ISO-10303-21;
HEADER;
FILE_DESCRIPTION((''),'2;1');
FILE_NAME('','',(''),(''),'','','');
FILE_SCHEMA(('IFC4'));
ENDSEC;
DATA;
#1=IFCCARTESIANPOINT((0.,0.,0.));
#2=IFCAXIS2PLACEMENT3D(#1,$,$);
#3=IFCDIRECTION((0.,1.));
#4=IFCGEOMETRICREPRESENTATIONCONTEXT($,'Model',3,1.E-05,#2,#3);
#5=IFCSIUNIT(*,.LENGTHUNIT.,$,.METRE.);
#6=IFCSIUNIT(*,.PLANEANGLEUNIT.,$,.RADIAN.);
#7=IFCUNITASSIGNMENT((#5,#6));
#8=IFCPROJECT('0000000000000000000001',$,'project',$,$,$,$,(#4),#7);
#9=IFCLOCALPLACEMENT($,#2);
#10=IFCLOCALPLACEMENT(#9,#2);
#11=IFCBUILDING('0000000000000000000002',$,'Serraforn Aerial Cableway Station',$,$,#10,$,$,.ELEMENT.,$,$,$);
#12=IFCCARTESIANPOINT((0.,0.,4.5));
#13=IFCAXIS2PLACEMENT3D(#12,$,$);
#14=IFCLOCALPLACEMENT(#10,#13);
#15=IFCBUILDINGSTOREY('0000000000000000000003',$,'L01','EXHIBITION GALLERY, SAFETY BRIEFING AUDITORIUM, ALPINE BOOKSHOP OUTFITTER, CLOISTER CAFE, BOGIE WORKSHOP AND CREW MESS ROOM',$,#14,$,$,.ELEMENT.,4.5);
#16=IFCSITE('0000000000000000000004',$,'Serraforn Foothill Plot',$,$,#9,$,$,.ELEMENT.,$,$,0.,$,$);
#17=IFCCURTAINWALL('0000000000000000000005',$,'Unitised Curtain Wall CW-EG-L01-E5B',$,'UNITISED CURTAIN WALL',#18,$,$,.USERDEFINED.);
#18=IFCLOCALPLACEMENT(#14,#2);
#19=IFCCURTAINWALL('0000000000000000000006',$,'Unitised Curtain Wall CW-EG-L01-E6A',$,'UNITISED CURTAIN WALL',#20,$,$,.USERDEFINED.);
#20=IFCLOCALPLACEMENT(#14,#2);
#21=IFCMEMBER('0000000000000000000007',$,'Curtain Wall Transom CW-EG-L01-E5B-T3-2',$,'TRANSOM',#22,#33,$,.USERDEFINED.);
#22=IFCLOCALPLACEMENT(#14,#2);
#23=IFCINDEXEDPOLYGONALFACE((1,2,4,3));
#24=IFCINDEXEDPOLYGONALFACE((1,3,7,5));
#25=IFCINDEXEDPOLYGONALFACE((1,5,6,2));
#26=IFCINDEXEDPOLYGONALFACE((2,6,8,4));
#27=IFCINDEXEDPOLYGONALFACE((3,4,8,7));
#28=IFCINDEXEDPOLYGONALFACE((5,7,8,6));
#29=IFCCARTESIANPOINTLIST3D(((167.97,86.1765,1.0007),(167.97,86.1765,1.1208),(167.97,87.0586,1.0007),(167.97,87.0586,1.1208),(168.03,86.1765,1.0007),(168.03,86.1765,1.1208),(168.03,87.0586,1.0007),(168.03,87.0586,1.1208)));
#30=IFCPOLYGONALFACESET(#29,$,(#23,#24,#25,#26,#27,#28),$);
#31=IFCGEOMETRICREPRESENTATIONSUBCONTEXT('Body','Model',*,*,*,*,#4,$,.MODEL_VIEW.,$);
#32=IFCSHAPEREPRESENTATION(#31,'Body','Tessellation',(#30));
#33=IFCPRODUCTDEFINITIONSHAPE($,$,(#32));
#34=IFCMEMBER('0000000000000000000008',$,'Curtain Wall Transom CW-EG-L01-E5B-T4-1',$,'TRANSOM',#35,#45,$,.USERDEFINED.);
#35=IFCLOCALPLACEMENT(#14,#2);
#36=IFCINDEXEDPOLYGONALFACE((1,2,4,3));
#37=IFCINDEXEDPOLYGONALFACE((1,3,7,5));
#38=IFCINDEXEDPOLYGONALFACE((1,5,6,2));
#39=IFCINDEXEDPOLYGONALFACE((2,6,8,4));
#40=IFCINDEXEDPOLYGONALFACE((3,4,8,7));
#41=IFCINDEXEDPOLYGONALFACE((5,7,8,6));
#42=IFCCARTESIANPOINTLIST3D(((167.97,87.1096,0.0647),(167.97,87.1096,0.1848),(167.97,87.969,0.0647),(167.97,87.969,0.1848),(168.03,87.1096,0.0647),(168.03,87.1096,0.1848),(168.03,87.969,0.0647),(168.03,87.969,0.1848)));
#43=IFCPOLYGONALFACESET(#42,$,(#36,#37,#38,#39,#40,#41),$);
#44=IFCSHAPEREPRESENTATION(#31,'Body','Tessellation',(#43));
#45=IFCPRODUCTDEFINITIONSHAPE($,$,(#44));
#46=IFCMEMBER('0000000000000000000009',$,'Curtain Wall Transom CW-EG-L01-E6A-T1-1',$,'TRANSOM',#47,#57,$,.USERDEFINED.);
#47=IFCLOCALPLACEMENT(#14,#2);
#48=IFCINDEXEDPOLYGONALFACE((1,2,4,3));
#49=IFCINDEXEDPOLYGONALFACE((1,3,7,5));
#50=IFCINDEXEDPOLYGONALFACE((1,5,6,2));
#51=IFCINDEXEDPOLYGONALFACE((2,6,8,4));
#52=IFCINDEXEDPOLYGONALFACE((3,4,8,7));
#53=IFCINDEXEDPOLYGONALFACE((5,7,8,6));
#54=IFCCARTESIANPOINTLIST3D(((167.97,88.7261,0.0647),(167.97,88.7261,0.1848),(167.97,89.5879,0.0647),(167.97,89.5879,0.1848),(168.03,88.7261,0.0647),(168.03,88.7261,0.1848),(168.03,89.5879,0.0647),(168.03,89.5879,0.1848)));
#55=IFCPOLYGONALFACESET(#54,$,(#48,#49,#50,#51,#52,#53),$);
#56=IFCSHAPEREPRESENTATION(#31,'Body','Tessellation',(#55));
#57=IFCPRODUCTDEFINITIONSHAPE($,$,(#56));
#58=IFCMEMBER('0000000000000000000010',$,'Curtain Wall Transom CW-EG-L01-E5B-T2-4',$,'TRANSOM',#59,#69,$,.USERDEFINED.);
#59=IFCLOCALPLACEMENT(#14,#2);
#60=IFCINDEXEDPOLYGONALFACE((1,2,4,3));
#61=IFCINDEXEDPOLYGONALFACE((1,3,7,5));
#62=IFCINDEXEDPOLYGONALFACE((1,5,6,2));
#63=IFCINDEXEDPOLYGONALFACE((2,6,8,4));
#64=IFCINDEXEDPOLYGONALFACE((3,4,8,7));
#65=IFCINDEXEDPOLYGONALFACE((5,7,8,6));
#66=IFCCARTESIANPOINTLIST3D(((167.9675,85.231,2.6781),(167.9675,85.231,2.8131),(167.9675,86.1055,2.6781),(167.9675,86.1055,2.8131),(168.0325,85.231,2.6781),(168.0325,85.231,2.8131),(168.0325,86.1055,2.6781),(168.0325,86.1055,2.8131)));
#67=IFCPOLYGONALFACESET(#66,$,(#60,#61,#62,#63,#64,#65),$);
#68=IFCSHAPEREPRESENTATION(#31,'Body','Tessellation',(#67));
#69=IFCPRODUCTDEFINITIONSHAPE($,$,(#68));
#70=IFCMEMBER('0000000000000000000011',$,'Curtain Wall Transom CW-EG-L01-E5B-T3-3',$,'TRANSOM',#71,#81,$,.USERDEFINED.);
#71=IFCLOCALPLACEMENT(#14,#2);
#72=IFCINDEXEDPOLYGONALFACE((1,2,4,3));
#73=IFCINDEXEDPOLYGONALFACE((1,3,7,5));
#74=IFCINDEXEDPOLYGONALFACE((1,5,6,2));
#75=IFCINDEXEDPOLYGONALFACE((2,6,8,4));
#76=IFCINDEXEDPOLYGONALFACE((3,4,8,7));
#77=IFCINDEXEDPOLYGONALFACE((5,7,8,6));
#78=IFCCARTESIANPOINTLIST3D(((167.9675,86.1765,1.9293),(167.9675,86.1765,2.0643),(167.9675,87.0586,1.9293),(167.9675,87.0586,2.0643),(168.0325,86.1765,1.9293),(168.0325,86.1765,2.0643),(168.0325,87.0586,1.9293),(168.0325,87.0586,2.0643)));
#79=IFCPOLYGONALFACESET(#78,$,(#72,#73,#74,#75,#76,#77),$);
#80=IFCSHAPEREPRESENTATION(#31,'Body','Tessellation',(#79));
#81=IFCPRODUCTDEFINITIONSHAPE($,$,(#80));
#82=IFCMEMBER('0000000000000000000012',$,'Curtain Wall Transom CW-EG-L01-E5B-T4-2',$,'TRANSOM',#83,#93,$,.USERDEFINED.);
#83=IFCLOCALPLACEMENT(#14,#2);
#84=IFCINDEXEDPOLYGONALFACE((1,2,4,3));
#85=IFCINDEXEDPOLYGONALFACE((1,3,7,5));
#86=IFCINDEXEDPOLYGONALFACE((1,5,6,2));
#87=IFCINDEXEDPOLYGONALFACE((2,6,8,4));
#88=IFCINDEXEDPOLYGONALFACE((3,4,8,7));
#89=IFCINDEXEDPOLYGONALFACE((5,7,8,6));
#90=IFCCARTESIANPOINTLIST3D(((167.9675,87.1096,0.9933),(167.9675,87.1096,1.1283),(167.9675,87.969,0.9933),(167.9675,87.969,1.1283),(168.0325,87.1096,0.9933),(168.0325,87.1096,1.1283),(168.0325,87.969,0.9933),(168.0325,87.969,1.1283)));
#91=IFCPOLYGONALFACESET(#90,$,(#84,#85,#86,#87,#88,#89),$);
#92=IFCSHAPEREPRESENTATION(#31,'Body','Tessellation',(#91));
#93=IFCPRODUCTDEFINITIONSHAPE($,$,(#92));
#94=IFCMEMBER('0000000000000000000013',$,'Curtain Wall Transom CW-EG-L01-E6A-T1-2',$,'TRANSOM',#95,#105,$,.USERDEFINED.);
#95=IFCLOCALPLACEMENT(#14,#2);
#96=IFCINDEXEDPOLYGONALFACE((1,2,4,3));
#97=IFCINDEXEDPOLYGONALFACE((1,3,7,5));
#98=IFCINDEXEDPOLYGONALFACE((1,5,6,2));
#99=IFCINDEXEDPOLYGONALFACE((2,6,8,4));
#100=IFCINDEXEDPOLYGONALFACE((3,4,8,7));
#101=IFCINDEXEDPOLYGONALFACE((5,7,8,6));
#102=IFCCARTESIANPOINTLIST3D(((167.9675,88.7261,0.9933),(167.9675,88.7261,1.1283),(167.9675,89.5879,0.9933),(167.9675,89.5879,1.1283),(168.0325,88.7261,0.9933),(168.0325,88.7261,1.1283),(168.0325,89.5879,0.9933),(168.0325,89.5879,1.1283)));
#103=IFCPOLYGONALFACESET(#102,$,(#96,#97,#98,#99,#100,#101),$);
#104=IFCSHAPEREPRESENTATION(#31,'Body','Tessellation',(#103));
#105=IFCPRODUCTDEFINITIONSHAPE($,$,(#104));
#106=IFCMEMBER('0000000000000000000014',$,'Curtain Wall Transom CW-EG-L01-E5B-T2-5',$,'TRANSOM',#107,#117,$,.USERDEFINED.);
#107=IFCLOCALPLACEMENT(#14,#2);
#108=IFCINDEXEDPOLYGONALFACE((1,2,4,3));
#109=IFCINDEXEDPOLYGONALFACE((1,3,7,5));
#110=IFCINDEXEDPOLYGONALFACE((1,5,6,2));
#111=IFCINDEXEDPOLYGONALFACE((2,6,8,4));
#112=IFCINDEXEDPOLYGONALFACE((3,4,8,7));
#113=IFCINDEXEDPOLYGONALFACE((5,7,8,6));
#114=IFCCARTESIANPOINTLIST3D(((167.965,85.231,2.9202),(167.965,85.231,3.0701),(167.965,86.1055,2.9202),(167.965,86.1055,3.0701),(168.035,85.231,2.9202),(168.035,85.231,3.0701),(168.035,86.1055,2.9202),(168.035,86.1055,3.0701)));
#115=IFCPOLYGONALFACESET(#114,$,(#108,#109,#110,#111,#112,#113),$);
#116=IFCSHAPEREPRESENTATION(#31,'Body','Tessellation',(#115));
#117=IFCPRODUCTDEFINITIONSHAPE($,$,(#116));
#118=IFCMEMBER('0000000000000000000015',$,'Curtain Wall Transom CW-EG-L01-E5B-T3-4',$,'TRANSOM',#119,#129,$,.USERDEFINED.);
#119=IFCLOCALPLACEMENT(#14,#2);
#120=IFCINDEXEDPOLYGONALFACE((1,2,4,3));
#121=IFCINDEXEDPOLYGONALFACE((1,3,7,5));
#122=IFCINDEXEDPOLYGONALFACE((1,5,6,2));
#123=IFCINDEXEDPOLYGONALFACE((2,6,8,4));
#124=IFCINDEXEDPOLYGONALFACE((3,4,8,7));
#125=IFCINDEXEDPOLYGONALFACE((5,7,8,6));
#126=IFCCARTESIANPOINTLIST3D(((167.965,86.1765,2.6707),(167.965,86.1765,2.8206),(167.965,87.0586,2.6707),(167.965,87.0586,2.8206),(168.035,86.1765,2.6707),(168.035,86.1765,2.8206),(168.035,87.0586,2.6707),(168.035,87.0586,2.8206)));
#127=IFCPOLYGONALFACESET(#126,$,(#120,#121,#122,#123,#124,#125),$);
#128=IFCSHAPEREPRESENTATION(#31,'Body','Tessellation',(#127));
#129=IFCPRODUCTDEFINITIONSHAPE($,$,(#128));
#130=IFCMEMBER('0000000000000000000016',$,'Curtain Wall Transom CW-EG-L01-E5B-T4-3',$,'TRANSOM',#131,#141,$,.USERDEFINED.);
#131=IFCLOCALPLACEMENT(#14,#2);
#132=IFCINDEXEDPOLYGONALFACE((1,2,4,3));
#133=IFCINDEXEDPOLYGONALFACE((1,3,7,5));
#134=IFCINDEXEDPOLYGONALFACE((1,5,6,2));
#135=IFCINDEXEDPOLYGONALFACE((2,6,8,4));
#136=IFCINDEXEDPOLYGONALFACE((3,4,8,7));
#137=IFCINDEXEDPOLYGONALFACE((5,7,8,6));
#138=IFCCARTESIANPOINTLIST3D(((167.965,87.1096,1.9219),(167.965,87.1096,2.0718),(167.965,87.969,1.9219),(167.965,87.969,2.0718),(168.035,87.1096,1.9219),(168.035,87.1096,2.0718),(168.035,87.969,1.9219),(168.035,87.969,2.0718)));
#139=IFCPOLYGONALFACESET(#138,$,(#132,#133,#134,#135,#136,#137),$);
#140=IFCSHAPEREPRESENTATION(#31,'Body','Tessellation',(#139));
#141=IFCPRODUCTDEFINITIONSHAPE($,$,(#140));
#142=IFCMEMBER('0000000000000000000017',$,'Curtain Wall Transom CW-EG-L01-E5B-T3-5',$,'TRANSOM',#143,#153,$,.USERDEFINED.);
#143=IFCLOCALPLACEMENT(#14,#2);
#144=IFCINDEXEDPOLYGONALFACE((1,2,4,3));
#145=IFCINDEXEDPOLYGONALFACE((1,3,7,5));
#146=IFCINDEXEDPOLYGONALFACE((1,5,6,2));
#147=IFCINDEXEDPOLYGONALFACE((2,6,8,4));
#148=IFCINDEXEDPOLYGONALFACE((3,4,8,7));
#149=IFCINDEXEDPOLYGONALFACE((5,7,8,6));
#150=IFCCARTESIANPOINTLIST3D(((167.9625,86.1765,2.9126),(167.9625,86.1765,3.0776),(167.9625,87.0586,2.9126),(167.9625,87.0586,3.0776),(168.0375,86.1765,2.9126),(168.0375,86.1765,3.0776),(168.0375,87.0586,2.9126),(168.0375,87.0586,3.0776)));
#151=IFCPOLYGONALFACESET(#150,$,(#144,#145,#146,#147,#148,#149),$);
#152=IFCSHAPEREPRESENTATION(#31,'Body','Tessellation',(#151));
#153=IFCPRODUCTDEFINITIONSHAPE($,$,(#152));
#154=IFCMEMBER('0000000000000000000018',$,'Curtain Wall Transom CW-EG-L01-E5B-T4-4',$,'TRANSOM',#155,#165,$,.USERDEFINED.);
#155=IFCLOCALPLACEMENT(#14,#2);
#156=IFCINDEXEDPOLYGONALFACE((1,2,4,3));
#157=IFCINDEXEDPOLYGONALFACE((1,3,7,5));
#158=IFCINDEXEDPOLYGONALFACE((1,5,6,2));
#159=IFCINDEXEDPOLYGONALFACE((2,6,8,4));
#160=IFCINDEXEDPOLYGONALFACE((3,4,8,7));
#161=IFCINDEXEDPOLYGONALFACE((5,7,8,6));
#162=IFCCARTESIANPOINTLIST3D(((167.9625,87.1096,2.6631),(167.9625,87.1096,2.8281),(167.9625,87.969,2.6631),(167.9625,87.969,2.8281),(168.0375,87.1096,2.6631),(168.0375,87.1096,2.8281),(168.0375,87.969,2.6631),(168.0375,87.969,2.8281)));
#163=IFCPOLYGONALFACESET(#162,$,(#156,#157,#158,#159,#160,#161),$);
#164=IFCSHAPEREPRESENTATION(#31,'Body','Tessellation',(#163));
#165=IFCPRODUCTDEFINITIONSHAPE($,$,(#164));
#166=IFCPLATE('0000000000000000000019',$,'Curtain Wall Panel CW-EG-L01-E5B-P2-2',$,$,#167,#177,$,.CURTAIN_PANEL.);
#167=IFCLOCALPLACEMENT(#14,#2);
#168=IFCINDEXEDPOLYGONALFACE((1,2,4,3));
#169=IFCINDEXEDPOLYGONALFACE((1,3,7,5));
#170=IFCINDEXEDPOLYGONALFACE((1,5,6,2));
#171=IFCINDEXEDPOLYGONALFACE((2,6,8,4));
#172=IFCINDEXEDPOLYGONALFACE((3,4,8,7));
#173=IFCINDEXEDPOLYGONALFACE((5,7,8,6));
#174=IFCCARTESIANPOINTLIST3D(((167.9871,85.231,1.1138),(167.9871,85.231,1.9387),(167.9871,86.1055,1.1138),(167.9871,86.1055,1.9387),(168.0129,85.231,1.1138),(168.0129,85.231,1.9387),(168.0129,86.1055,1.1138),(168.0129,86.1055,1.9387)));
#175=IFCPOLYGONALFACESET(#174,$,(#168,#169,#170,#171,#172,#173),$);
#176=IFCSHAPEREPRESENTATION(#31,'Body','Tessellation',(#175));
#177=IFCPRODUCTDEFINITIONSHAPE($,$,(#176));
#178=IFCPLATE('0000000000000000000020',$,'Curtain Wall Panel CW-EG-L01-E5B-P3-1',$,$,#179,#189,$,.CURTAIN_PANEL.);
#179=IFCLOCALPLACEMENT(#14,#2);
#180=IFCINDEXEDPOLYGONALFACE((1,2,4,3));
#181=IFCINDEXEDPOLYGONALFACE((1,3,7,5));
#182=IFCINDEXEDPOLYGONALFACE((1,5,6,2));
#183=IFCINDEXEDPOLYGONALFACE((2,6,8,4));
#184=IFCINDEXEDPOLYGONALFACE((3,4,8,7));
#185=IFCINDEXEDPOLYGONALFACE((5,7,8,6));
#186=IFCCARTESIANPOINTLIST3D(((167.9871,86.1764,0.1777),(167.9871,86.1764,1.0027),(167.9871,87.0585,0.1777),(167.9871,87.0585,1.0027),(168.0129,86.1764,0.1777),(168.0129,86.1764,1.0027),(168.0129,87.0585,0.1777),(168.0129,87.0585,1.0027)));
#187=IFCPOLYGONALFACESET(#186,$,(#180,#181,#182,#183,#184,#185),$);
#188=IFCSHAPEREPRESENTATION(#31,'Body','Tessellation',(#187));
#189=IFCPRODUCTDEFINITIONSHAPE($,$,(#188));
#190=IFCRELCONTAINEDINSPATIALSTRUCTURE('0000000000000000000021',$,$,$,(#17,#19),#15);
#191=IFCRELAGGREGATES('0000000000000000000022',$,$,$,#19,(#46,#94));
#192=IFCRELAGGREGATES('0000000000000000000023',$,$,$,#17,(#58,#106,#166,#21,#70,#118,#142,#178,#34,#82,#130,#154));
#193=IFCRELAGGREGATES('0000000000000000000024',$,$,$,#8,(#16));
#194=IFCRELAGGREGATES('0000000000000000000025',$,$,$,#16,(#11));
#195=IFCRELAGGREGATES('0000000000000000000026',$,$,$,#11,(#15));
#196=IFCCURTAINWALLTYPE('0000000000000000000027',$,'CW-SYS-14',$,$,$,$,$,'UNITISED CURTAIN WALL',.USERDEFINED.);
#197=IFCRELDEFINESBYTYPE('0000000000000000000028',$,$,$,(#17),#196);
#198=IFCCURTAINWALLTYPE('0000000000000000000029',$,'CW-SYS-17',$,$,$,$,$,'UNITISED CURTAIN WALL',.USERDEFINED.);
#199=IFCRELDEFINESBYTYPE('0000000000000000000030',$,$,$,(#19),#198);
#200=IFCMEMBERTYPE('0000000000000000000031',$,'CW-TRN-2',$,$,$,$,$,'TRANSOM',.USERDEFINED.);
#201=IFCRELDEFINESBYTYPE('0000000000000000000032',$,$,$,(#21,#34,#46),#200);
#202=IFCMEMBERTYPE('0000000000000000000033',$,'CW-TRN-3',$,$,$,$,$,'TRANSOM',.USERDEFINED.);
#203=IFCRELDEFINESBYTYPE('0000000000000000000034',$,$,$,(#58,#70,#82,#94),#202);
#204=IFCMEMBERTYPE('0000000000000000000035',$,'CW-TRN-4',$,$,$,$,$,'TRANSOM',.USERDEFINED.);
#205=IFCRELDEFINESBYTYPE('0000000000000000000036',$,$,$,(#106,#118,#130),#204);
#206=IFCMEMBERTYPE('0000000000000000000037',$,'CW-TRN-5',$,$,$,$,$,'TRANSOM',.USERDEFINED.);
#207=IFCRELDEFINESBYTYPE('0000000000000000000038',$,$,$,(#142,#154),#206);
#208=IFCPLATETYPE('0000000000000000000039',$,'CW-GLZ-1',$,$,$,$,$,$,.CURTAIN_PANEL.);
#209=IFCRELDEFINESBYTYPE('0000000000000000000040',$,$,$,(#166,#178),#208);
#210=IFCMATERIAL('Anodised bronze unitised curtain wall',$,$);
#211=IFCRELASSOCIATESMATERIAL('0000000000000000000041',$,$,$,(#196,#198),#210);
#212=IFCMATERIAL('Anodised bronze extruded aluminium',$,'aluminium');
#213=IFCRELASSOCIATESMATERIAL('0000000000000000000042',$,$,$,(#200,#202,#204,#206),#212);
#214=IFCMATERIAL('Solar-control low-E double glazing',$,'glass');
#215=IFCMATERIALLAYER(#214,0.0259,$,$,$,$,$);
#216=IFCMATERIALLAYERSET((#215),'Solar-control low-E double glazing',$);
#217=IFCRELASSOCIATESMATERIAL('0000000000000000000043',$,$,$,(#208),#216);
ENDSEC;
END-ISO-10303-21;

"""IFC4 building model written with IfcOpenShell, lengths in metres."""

from ifc_helpers import new_model, si_unit, direction, frame, origin, origin_2d, place, context, subcontext, project, spatial, rectangle, extrude, material, layer, layer_set, material_profile, profile_set, type_object, element, aggregate, save


model = new_model("IFC4")

# Units and contexts
model_context = context("Model", 3, precision=1e-05, world=origin(), true_north=direction((0.0, 1.0)))
body_context = subcontext(model_context, "Body", "Model", "MODEL_VIEW")
ifc_project = project(units=[si_unit("LENGTHUNIT", "METRE"), si_unit("PLANEANGLEUNIT", "RADIAN")], contexts=[model_context])

# Site, building, storey
site_placement = place(None, origin())
site = spatial("IfcSite", under=ifc_project, at=site_placement, Name="Serraforn Foothill Plot", CompositionType="ELEMENT", RefElevation=0.0)
building_placement = place(site_placement, origin())
building = spatial("IfcBuilding", under=site, at=building_placement, Name="Serraforn Aerial Cableway Station", CompositionType="ELEMENT")
storey_placement = place(building_placement, frame((0.0, 0.0, 4.5)))
storey = spatial("IfcBuildingStorey", under=building, at=storey_placement, Name="L01", Description="EXHIBITION GALLERY, SAFETY BRIEFING AUDITORIUM, ALPINE BOOKSHOP OUTFITTER, CLOISTER CAFE, BOGIE WORKSHOP AND CREW MESS ROOM", CompositionType="ELEMENT", Elevation=4.5)

# Curtain walls
ifc_material_1 = material(Name="Anodised bronze unitised curtain wall")
curtain_wall_type_1 = type_object("IfcCurtainWallType", Name="CW-SYS-14", ElementType="UNITISED CURTAIN WALL", PredefinedType="USERDEFINED", material=ifc_material_1)
curtain_wall_1_placement = place(storey_placement, origin())
curtain_wall_1 = element("IfcCurtainWall", 1, at=curtain_wall_1_placement, inside=storey, type_object=curtain_wall_type_1, Name="Unitised Curtain Wall CW-EG-L01-E5B", ObjectType="UNITISED CURTAIN WALL", PredefinedType="USERDEFINED")
ifc_material_2 = material(Name="Anodised bronze extruded aluminium", Category="aluminium")
curtain_wall_type_2 = type_object("IfcCurtainWallType", Name="CW-SYS-17", ElementType="UNITISED CURTAIN WALL", PredefinedType="USERDEFINED", material=ifc_material_1)
curtain_wall_2_placement = place(storey_placement, origin())
curtain_wall_2 = element("IfcCurtainWall", 2, at=curtain_wall_2_placement, inside=storey, type_object=curtain_wall_type_2, Name="Unitised Curtain Wall CW-EG-L01-E6A", ObjectType="UNITISED CURTAIN WALL", PredefinedType="USERDEFINED")

# Members
ifc_material_profile_1 = material_profile(ifc_material_2, rectangle(XDim=0.0601, YDim=0.1201, at=origin_2d()), Name="CW TRANSOM 60x120")
ifc_profile_set_1 = profile_set([ifc_material_profile_1], Name="Anodised bronze extruded aluminium")
member_type_1 = type_object("IfcMemberType", Name="CW-TRN-2", ElementType="TRANSOM", PredefinedType="USERDEFINED", material=ifc_profile_set_1)
member_1_placement = place(storey_placement, frame((168.0, 86.1765, 1.0608), z_axis=(0.0, 1.0, 0.0), x_axis=(-1.0, 0.0, 0.0)))
member_1 = element("IfcMember", 3, at=member_1_placement, type_object=member_type_1, Name="Curtain Wall Transom CW-EG-L01-E5B-T3-2", ObjectType="TRANSOM", PredefinedType="USERDEFINED", context=body_context, shape_type="SweptSolid", body=[
    extrude(rectangle(XDim=0.0601, YDim=0.1201, at=origin_2d()), origin(), (0.0, 0.0, 1.0), 0.8821),
])
member_2_placement = place(storey_placement, frame((168.0, 87.1096, 0.1248), z_axis=(0.0, 1.0, 0.0), x_axis=(-1.0, 0.0, 0.0)))
member_2 = element("IfcMember", 4, at=member_2_placement, type_object=member_type_1, Name="Curtain Wall Transom CW-EG-L01-E5B-T4-1", ObjectType="TRANSOM", PredefinedType="USERDEFINED", context=body_context, shape_type="SweptSolid", body=[
    extrude(rectangle(XDim=0.0601, YDim=0.1201, at=origin_2d()), origin(), (0.0, 0.0, 1.0), 0.8594),
])
member_3_placement = place(storey_placement, frame((168.0, 88.7261, 0.1248), z_axis=(0.0, 1.0, 0.0), x_axis=(-1.0, 0.0, 0.0)))
member_3 = element("IfcMember", 5, at=member_3_placement, type_object=member_type_1, Name="Curtain Wall Transom CW-EG-L01-E6A-T1-1", ObjectType="TRANSOM", PredefinedType="USERDEFINED", context=body_context, shape_type="SweptSolid", body=[
    extrude(rectangle(XDim=0.0601, YDim=0.1201, at=origin_2d()), origin(), (0.0, 0.0, 1.0), 0.8618),
])
ifc_material_profile_2 = material_profile(ifc_material_2, rectangle(XDim=0.0649, YDim=0.135, at=origin_2d()), Name="CW TRANSOM 65x135")
ifc_profile_set_2 = profile_set([ifc_material_profile_2], Name="Anodised bronze extruded aluminium")
member_type_2 = type_object("IfcMemberType", Name="CW-TRN-3", ElementType="TRANSOM", PredefinedType="USERDEFINED", material=ifc_profile_set_2)
member_4_placement = place(storey_placement, frame((168.0, 85.231, 2.7456), z_axis=(0.0, 1.0, 0.0), x_axis=(-1.0, 0.0, 0.0)))
member_4 = element("IfcMember", 6, at=member_4_placement, type_object=member_type_2, Name="Curtain Wall Transom CW-EG-L01-E5B-T2-4", ObjectType="TRANSOM", PredefinedType="USERDEFINED", context=body_context, shape_type="SweptSolid", body=[
    extrude(rectangle(XDim=0.0649, YDim=0.135, at=origin_2d()), origin(), (0.0, 0.0, 1.0), 0.8745),
])
member_5_placement = place(storey_placement, frame((168.0, 86.1765, 1.9968), z_axis=(0.0, 1.0, 0.0), x_axis=(-1.0, 0.0, 0.0)))
member_5 = element("IfcMember", 7, at=member_5_placement, type_object=member_type_2, Name="Curtain Wall Transom CW-EG-L01-E5B-T3-3", ObjectType="TRANSOM", PredefinedType="USERDEFINED", context=body_context, shape_type="SweptSolid", body=[
    extrude(rectangle(XDim=0.0649, YDim=0.135, at=origin_2d()), origin(), (0.0, 0.0, 1.0), 0.8821),
])
member_6_placement = place(storey_placement, frame((168.0, 87.1096, 1.0608), z_axis=(0.0, 1.0, 0.0), x_axis=(-1.0, 0.0, 0.0)))
member_6 = element("IfcMember", 8, at=member_6_placement, type_object=member_type_2, Name="Curtain Wall Transom CW-EG-L01-E5B-T4-2", ObjectType="TRANSOM", PredefinedType="USERDEFINED", context=body_context, shape_type="SweptSolid", body=[
    extrude(rectangle(XDim=0.0649, YDim=0.135, at=origin_2d()), origin(), (0.0, 0.0, 1.0), 0.8594),
])
member_7_placement = place(storey_placement, frame((168.0, 88.7261, 1.0608), z_axis=(0.0, 1.0, 0.0), x_axis=(-1.0, 0.0, 0.0)))
member_7 = element("IfcMember", 9, at=member_7_placement, type_object=member_type_2, Name="Curtain Wall Transom CW-EG-L01-E6A-T1-2", ObjectType="TRANSOM", PredefinedType="USERDEFINED", context=body_context, shape_type="SweptSolid", body=[
    extrude(rectangle(XDim=0.0649, YDim=0.135, at=origin_2d()), origin(), (0.0, 0.0, 1.0), 0.8618),
])
aggregate(curtain_wall_2, [member_3, member_7])
ifc_material_profile_3 = material_profile(ifc_material_2, rectangle(XDim=0.0701, YDim=0.1499, at=origin_2d()), Name="CW TRANSOM 70x150")
ifc_profile_set_3 = profile_set([ifc_material_profile_3], Name="Anodised bronze extruded aluminium")
member_type_3 = type_object("IfcMemberType", Name="CW-TRN-4", ElementType="TRANSOM", PredefinedType="USERDEFINED", material=ifc_profile_set_3)
member_8_placement = place(storey_placement, frame((168.0, 85.231, 2.9951), z_axis=(0.0, 1.0, 0.0), x_axis=(-1.0, 0.0, 0.0)))
member_8 = element("IfcMember", 10, at=member_8_placement, type_object=member_type_3, Name="Curtain Wall Transom CW-EG-L01-E5B-T2-5", ObjectType="TRANSOM", PredefinedType="USERDEFINED", context=body_context, shape_type="SweptSolid", body=[
    extrude(rectangle(XDim=0.0701, YDim=0.1499, at=origin_2d()), origin(), (0.0, 0.0, 1.0), 0.8745),
])
member_9_placement = place(storey_placement, frame((168.0, 86.1765, 2.7456), z_axis=(0.0, 1.0, 0.0), x_axis=(-1.0, 0.0, 0.0)))
member_9 = element("IfcMember", 11, at=member_9_placement, type_object=member_type_3, Name="Curtain Wall Transom CW-EG-L01-E5B-T3-4", ObjectType="TRANSOM", PredefinedType="USERDEFINED", context=body_context, shape_type="SweptSolid", body=[
    extrude(rectangle(XDim=0.0701, YDim=0.1499, at=origin_2d()), origin(), (0.0, 0.0, 1.0), 0.8821),
])
member_10_placement = place(storey_placement, frame((168.0, 87.1096, 1.9968), z_axis=(0.0, 1.0, 0.0), x_axis=(-1.0, 0.0, 0.0)))
member_10 = element("IfcMember", 12, at=member_10_placement, type_object=member_type_3, Name="Curtain Wall Transom CW-EG-L01-E5B-T4-3", ObjectType="TRANSOM", PredefinedType="USERDEFINED", context=body_context, shape_type="SweptSolid", body=[
    extrude(rectangle(XDim=0.0701, YDim=0.1499, at=origin_2d()), origin(), (0.0, 0.0, 1.0), 0.8594),
])
ifc_material_profile_4 = material_profile(ifc_material_2, rectangle(XDim=0.075, YDim=0.165, at=origin_2d()), Name="CW TRANSOM 75x165")
ifc_profile_set_4 = profile_set([ifc_material_profile_4], Name="Anodised bronze extruded aluminium")
member_type_4 = type_object("IfcMemberType", Name="CW-TRN-5", ElementType="TRANSOM", PredefinedType="USERDEFINED", material=ifc_profile_set_4)
member_11_placement = place(storey_placement, frame((168.0, 86.1765, 2.9951), z_axis=(0.0, 1.0, 0.0), x_axis=(-1.0, 0.0, 0.0)))
member_11 = element("IfcMember", 13, at=member_11_placement, type_object=member_type_4, Name="Curtain Wall Transom CW-EG-L01-E5B-T3-5", ObjectType="TRANSOM", PredefinedType="USERDEFINED", context=body_context, shape_type="SweptSolid", body=[
    extrude(rectangle(XDim=0.075, YDim=0.165, at=origin_2d()), origin(), (0.0, 0.0, 1.0), 0.8821),
])
member_12_placement = place(storey_placement, frame((168.0, 87.1096, 2.7456), z_axis=(0.0, 1.0, 0.0), x_axis=(-1.0, 0.0, 0.0)))
member_12 = element("IfcMember", 14, at=member_12_placement, type_object=member_type_4, Name="Curtain Wall Transom CW-EG-L01-E5B-T4-4", ObjectType="TRANSOM", PredefinedType="USERDEFINED", context=body_context, shape_type="SweptSolid", body=[
    extrude(rectangle(XDim=0.075, YDim=0.165, at=origin_2d()), origin(), (0.0, 0.0, 1.0), 0.8594),
])

# Plates
ifc_material_3 = material(Name="Solar-control low-E double glazing", Category="glass")
ifc_layer_1 = layer(ifc_material_3, 0.0259)
ifc_layer_set_1 = layer_set([ifc_layer_1], Name="Solar-control low-E double glazing")
plate_type_1 = type_object("IfcPlateType", Name="CW-GLZ-1", PredefinedType="CURTAIN_PANEL", material=ifc_layer_set_1)
plate_1_placement = place(storey_placement, frame((168.0, 85.6682, 1.1138), z_axis=(0.0, 0.0, 1.0), x_axis=(1.0, 0.0, 0.0)))
plate_1 = element("IfcPlate", 15, at=plate_1_placement, type_object=plate_type_1, Name="Curtain Wall Panel CW-EG-L01-E5B-P2-2", PredefinedType="CURTAIN_PANEL", context=body_context, shape_type="SweptSolid", body=[
    extrude(rectangle(XDim=0.0259, YDim=0.8745, at=origin_2d()), origin(), (0.0, 0.0, 1.0), 0.825),
])
plate_2_placement = place(storey_placement, frame((168.0, 86.6174, 0.1777), z_axis=(0.0, 0.0, 1.0), x_axis=(1.0, 0.0, 0.0)))
plate_2 = element("IfcPlate", 16, at=plate_2_placement, type_object=plate_type_1, Name="Curtain Wall Panel CW-EG-L01-E5B-P3-1", PredefinedType="CURTAIN_PANEL", context=body_context, shape_type="SweptSolid", body=[
    extrude(rectangle(XDim=0.0259, YDim=0.8821, at=origin_2d()), origin(), (0.0, 0.0, 1.0), 0.825),
])
aggregate(curtain_wall_1, [member_4, member_8, plate_1, member_1, member_5, member_9, member_11, plate_2, member_2, member_6, member_10, member_12])

save(model, "model.ifc")
